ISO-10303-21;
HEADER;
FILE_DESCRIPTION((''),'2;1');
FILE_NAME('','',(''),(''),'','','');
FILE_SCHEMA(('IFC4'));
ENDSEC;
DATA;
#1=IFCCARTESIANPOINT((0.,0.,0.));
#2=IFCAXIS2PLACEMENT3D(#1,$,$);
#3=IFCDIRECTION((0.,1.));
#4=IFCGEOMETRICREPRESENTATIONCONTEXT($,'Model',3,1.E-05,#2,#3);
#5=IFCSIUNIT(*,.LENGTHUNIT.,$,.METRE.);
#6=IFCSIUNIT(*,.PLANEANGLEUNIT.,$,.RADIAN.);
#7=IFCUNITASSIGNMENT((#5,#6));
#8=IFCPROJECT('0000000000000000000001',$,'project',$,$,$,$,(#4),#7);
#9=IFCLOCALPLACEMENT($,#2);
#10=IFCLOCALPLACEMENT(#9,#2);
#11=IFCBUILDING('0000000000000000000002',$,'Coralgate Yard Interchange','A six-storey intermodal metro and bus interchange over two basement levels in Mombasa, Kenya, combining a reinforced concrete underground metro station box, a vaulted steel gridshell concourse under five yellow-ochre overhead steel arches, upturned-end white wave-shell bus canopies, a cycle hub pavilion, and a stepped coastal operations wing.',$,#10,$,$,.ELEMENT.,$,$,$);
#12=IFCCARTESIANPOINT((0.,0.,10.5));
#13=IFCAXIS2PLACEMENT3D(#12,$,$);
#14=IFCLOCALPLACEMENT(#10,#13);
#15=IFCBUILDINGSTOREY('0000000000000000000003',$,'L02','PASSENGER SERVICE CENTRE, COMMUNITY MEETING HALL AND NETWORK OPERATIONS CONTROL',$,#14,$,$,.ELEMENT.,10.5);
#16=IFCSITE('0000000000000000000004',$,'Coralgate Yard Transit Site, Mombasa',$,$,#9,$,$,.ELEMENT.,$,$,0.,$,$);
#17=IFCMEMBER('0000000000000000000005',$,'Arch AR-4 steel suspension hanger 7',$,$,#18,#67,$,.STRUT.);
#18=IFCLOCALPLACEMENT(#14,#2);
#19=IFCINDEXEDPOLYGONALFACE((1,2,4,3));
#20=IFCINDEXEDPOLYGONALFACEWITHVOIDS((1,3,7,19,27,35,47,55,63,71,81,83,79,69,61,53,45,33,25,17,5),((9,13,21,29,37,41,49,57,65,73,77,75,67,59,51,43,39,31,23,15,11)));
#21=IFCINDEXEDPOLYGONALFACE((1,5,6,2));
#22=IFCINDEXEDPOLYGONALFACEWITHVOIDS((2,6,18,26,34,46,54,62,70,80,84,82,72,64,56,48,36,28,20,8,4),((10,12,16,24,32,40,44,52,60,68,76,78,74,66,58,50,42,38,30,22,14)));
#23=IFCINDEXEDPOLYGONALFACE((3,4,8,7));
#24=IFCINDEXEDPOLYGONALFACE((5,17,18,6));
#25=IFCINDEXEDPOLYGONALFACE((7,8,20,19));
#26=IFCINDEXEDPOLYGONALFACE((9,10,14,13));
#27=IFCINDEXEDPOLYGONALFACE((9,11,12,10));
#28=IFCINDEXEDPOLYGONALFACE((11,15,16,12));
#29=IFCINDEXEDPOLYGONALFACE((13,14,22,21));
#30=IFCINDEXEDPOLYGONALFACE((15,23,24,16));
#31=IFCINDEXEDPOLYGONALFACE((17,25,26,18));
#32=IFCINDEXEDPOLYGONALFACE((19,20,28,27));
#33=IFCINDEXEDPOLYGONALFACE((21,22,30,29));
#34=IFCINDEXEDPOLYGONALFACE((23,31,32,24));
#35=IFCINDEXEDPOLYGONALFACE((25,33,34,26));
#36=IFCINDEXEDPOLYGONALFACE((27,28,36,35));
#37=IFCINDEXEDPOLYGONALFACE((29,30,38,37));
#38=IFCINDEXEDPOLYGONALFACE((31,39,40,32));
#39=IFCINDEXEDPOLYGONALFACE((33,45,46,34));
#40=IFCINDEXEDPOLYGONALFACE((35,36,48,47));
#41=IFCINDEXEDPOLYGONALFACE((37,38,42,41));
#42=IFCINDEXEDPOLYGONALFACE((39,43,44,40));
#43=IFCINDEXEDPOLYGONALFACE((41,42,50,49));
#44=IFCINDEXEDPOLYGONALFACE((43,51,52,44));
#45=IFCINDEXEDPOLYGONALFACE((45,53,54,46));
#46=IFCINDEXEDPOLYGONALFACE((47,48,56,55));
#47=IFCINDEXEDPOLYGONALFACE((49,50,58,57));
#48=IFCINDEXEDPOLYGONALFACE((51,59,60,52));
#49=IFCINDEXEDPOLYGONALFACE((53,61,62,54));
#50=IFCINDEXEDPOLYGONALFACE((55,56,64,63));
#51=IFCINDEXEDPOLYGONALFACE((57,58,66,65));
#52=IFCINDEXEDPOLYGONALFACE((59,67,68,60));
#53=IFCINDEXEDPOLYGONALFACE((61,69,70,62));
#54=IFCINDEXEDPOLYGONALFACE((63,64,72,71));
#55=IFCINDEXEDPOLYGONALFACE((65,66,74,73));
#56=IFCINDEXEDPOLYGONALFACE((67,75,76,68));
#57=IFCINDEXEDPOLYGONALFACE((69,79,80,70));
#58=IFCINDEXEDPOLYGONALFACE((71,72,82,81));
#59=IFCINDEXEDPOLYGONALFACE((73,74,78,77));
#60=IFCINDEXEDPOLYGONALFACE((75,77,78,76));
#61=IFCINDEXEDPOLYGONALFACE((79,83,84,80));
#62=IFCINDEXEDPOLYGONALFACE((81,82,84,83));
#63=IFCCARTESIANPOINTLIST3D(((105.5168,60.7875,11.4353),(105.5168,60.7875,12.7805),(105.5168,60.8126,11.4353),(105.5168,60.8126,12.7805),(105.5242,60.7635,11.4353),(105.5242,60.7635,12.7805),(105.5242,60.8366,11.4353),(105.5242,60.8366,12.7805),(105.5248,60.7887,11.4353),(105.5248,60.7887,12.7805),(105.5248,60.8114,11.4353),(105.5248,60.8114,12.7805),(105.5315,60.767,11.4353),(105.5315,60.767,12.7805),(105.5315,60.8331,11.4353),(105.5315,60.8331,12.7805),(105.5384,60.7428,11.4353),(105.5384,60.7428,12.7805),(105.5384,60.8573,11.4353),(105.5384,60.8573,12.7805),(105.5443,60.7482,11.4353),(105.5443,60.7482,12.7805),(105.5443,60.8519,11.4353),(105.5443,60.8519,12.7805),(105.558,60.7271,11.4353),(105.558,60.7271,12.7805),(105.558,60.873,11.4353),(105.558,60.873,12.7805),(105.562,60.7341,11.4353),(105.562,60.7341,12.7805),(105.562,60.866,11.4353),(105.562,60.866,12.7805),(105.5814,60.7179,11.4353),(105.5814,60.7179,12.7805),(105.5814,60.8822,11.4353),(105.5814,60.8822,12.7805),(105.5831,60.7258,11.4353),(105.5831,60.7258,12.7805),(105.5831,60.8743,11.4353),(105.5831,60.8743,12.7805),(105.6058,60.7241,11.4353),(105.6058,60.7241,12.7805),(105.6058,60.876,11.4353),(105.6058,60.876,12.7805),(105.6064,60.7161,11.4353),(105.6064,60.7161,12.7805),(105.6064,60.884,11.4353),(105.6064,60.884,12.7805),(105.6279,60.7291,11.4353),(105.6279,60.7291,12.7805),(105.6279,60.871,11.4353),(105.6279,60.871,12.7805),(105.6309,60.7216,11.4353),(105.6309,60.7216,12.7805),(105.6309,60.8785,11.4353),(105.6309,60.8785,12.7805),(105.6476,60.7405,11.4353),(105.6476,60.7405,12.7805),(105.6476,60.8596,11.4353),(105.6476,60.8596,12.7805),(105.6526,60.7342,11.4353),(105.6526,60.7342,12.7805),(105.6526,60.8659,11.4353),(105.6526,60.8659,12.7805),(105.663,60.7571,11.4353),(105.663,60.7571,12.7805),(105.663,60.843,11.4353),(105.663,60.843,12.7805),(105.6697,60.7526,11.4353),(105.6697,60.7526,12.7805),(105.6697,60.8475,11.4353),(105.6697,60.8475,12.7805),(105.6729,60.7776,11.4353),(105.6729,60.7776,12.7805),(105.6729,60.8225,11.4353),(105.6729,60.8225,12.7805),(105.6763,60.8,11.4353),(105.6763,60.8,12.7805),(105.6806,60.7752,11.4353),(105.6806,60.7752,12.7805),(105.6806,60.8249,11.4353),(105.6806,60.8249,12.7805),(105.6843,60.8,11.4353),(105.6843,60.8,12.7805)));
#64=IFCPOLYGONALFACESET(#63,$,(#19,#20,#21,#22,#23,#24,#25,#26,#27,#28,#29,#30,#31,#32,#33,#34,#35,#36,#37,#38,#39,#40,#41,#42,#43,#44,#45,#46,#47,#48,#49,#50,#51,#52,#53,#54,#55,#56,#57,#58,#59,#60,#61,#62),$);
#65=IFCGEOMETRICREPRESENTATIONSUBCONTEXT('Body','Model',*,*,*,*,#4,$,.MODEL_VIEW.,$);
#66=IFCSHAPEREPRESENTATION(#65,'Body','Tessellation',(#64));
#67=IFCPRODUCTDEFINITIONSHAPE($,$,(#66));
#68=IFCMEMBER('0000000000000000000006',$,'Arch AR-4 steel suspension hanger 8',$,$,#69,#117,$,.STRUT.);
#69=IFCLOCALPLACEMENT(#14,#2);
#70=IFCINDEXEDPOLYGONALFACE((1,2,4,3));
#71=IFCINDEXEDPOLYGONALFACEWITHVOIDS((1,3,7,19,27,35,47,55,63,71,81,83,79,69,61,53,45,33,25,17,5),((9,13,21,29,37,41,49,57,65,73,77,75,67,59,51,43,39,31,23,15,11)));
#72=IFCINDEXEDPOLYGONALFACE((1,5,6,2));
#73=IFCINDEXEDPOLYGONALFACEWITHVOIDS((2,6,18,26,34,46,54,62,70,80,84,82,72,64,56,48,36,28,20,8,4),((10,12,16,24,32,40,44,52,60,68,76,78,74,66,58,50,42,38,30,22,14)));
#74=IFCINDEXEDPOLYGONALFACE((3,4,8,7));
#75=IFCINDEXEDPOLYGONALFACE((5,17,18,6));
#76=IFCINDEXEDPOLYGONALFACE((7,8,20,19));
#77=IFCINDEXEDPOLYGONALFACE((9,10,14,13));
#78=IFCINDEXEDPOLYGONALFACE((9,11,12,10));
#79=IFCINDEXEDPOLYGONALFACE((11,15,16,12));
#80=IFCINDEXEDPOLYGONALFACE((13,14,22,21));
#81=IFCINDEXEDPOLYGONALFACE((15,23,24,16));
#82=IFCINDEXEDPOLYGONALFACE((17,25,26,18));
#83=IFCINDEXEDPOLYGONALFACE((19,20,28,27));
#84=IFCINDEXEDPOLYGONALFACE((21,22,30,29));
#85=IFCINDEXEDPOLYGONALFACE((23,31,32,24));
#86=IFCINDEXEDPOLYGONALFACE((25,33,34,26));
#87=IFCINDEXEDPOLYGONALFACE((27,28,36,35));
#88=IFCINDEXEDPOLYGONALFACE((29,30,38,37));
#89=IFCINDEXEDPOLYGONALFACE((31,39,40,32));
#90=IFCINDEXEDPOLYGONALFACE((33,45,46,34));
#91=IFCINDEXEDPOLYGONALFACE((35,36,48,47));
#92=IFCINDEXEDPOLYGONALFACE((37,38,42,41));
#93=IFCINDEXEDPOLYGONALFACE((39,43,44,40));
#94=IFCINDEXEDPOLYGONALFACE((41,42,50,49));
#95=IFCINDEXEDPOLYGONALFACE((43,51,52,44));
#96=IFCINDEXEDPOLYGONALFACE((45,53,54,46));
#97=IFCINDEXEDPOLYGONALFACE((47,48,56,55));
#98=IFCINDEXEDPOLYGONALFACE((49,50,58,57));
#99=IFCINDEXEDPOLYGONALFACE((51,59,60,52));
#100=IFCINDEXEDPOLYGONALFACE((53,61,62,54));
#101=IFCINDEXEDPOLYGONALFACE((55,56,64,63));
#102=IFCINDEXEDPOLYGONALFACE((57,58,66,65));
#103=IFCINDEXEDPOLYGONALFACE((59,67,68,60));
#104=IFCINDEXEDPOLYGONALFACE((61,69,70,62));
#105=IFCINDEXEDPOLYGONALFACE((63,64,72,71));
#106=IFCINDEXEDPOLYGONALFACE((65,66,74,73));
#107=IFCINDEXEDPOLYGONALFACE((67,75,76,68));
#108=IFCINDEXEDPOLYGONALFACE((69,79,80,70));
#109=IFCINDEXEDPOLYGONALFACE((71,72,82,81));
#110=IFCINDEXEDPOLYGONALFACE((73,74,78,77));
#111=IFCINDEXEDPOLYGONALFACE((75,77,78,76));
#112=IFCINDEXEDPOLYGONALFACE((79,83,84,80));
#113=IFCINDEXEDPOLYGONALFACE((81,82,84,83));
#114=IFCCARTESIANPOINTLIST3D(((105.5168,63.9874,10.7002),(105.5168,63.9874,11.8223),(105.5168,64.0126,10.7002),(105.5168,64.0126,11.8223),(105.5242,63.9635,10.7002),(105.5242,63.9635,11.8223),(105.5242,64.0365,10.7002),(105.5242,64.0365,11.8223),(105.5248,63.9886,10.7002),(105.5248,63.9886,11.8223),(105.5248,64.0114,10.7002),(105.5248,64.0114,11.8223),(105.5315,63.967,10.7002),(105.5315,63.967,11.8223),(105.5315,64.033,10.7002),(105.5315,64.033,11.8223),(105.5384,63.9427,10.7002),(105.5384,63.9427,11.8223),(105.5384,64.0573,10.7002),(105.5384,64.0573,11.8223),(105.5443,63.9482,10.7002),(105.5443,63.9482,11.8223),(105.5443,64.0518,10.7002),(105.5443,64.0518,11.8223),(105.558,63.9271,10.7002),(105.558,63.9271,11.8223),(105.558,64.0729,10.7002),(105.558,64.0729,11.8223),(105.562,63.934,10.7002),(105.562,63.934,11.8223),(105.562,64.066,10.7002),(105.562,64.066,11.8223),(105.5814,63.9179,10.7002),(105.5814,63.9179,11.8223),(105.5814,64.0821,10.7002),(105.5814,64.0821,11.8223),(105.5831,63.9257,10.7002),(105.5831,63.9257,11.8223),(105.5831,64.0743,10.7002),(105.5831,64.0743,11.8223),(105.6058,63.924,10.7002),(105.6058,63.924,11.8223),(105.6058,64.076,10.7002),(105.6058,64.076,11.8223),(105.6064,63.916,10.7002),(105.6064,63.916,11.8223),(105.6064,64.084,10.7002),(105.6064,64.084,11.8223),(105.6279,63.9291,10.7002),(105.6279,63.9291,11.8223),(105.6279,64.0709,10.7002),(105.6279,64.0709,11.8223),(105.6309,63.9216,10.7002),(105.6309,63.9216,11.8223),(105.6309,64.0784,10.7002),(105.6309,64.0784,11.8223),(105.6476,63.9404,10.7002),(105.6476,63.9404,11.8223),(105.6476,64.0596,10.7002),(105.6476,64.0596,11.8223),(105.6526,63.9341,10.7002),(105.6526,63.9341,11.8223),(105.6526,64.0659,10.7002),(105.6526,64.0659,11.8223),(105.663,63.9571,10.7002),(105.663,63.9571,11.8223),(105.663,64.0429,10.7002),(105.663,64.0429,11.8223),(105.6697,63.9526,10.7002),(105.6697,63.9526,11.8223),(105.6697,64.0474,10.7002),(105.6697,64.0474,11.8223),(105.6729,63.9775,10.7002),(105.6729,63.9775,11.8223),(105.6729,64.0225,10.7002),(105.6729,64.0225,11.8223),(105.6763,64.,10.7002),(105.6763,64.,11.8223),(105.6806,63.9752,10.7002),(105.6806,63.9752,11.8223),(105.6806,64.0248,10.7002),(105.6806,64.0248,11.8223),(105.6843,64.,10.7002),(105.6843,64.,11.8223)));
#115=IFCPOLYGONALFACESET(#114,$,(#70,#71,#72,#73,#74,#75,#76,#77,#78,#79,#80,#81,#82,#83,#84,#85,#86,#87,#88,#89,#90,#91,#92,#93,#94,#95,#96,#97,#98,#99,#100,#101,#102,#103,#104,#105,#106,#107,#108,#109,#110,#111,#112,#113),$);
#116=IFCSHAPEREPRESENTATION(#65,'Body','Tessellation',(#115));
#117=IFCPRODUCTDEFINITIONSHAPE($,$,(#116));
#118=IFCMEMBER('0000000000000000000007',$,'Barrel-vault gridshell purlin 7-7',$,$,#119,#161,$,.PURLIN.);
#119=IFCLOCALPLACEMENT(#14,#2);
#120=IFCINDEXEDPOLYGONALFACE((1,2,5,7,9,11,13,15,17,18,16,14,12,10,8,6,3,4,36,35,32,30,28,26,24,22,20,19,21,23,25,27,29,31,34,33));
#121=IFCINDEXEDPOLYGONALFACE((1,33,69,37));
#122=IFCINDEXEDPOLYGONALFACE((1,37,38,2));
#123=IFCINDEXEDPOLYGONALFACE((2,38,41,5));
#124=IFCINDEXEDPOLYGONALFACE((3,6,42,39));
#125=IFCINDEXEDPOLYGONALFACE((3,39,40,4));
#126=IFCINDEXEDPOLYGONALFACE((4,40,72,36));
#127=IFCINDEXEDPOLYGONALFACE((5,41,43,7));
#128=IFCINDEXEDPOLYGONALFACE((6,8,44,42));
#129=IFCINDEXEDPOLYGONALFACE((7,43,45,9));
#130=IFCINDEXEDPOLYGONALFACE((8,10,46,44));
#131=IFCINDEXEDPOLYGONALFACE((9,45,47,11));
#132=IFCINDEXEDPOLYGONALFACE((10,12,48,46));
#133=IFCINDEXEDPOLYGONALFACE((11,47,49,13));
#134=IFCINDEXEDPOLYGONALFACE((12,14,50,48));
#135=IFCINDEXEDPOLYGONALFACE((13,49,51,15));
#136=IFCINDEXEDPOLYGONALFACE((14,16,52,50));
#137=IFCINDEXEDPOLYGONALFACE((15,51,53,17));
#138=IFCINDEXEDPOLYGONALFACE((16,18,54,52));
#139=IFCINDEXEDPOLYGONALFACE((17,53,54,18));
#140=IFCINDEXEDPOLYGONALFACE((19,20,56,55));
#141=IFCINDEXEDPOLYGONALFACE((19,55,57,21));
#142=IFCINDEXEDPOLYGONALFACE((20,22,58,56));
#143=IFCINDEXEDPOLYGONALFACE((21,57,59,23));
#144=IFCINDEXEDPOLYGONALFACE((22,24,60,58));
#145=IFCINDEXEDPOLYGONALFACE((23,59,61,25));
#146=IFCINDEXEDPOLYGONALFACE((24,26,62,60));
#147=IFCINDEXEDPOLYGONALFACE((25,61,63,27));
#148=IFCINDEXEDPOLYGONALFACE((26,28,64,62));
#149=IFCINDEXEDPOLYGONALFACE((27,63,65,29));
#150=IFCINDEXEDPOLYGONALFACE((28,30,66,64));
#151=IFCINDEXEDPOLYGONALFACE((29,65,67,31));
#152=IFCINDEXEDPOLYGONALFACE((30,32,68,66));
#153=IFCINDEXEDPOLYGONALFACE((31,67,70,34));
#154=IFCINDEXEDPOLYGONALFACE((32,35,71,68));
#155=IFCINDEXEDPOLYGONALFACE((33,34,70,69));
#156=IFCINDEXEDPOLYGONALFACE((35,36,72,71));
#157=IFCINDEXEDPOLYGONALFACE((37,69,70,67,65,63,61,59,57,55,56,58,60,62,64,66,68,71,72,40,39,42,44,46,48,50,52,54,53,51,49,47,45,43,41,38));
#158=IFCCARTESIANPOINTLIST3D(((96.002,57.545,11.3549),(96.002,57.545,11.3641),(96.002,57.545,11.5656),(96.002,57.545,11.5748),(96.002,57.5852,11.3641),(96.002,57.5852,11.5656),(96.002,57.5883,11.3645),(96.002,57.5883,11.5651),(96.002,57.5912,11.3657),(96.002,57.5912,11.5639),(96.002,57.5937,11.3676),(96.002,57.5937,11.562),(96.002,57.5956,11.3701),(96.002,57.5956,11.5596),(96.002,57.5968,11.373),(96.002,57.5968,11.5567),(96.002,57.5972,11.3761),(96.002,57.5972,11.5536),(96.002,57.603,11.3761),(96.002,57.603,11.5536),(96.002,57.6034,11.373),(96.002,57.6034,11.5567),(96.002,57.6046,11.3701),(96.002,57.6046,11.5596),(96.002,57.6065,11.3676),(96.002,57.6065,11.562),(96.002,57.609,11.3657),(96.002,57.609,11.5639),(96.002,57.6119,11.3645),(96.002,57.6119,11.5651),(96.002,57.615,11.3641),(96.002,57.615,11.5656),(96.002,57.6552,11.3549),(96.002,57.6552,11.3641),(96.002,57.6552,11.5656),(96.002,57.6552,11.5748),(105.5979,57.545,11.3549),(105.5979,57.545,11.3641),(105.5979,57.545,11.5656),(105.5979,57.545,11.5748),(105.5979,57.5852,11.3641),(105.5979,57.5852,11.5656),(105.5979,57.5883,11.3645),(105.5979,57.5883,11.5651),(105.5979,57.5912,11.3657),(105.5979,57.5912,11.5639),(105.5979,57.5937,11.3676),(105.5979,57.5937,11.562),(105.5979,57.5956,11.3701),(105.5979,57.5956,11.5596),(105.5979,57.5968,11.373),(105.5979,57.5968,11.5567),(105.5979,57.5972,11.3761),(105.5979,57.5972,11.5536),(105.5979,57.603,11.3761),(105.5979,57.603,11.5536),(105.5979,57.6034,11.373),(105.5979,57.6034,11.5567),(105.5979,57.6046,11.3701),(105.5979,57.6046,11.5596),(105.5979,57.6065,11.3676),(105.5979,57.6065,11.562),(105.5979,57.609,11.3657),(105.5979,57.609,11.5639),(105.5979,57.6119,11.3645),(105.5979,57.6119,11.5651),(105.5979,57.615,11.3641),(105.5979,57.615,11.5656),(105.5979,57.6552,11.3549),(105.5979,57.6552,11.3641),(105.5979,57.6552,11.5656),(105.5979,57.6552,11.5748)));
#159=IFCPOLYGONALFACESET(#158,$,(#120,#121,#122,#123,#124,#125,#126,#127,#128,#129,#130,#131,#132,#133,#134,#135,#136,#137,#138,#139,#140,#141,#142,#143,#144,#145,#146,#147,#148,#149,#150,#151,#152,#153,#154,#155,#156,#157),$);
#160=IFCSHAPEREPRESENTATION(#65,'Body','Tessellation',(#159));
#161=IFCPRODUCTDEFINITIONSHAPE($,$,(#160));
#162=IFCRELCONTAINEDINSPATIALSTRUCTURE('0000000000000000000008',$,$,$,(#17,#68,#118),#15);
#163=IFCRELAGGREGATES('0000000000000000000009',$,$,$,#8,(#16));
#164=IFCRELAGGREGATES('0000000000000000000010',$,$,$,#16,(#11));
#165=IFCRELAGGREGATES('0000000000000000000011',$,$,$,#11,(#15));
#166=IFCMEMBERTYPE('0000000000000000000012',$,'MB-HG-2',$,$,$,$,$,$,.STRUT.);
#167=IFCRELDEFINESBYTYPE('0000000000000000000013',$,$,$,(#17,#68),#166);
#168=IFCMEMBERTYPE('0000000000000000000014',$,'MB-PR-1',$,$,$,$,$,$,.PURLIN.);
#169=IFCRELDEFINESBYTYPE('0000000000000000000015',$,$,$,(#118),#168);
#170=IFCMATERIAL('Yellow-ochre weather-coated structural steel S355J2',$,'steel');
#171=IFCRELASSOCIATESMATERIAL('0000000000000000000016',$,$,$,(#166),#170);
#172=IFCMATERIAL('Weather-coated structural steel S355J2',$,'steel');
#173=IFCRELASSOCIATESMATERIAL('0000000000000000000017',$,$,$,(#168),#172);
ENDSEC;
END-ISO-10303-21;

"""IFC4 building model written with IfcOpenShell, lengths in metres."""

from ifc_helpers import new_model, si_unit, direction, frame, origin, origin_2d, place, context, subcontext, project, spatial, hollow_circle, i_section, extrude, material, material_profile, profile_set, type_object, element, save


model = new_model("IFC4")

# Units and contexts
model_context = context("Model", 3, precision=1e-05, world=origin(), true_north=direction((0.0, 1.0)))
body_context = subcontext(model_context, "Body", "Model", "MODEL_VIEW")
ifc_project = project(units=[si_unit("LENGTHUNIT", "METRE"), si_unit("PLANEANGLEUNIT", "RADIAN")], contexts=[model_context])

# Site, building, storey
site_placement = place(None, origin())
site = spatial("IfcSite", under=ifc_project, at=site_placement, Name="Coralgate Yard Transit Site, Mombasa", CompositionType="ELEMENT", RefElevation=0.0)
building_placement = place(site_placement, origin())
building = spatial("IfcBuilding", under=site, at=building_placement, Name="Coralgate Yard Interchange", Description="A six-storey intermodal metro and bus interchange over two basement levels in Mombasa, Kenya, combining a reinforced concrete underground metro station box, a vaulted steel gridshell concourse under five yellow-ochre overhead steel arches, upturned-end white wave-shell bus canopies, a cycle hub pavilion, and a stepped coastal operations wing.", CompositionType="ELEMENT")
storey_placement = place(building_placement, frame((0.0, 0.0, 10.5)))
storey = spatial("IfcBuildingStorey", under=building, at=storey_placement, Name="L02", Description="PASSENGER SERVICE CENTRE, COMMUNITY MEETING HALL AND NETWORK OPERATIONS CONTROL", CompositionType="ELEMENT", Elevation=10.5)

# Shared definitions
ifc_material_1 = material(Name="Yellow-ochre weather-coated structural steel S355J2", Category="steel")
ifc_material_2 = material(Name="Weather-coated structural steel S355J2", Category="steel")

# Members
ifc_material_profile_1 = material_profile(ifc_material_1, hollow_circle(Radius=0.0842, WallThickness=0.0081, at=origin_2d()), Name="CHS 168.3x8")
ifc_profile_set_1 = profile_set([ifc_material_profile_1], Name="Yellow-ochre weather-coated structural steel S355J2")
member_type_1 = type_object("IfcMemberType", Name="MB-HG-2", PredefinedType="STRUT", material=ifc_profile_set_1)
member_1_placement = place(storey_placement, frame((105.6001, 60.8, 11.4353), z_axis=(0.0, 0.0, 1.0), x_axis=(1.0, 0.0, 0.0)))
element("IfcMember", 1, at=member_1_placement, inside=storey, type_object=member_type_1, Name="Arch AR-4 steel suspension hanger 7", PredefinedType="STRUT", context=body_context, shape_type="SweptSolid", body=[
    extrude(hollow_circle(Radius=0.0842, WallThickness=0.0081, at=origin_2d()), origin(), (0.0, 0.0, 1.0), 1.3452),
])
member_2_placement = place(storey_placement, frame((105.6001, 64.0, 10.7002), z_axis=(0.0, 0.0, 1.0), x_axis=(1.0, 0.0, 0.0)))
element("IfcMember", 2, at=member_2_placement, inside=storey, type_object=member_type_1, Name="Arch AR-4 steel suspension hanger 8", PredefinedType="STRUT", context=body_context, shape_type="SweptSolid", body=[
    extrude(hollow_circle(Radius=0.0842, WallThickness=0.0081, at=origin_2d()), origin(), (0.0, 0.0, 1.0), 1.1221),
])
ifc_material_profile_2 = material_profile(ifc_material_2, i_section(OverallWidth=0.1101, OverallDepth=0.22, WebThickness=0.0059, FlangeThickness=0.0093, FilletRadius=0.012, at=origin_2d()), Name="IPE 220")
ifc_profile_set_2 = profile_set([ifc_material_profile_2], Name="Weather-coated structural steel S355J2")
member_type_2 = type_object("IfcMemberType", Name="MB-PR-1", PredefinedType="PURLIN", material=ifc_profile_set_2)
for number, where, z_axis, x_axis, name in (
    (3, (96.002, 57.6001, 11.4648), (1.0, 0.0, 0.0), (0.0, 1.0, 0.0), "Barrel-vault gridshell purlin 7-7"),
):
    element("IfcMember", number, at=place(storey_placement, frame(where, z_axis=z_axis, x_axis=x_axis)), inside=storey, type_object=member_type_2, Name=name, PredefinedType="PURLIN", context=body_context, shape_type="SweptSolid", body=[
        extrude(i_section(OverallWidth=0.1101, OverallDepth=0.22, WebThickness=0.0059, FlangeThickness=0.0093, FilletRadius=0.012, at=origin_2d()), origin(), (0.0, 0.0, 1.0), 9.5959),
    ])

save(model, "model.ifc")
